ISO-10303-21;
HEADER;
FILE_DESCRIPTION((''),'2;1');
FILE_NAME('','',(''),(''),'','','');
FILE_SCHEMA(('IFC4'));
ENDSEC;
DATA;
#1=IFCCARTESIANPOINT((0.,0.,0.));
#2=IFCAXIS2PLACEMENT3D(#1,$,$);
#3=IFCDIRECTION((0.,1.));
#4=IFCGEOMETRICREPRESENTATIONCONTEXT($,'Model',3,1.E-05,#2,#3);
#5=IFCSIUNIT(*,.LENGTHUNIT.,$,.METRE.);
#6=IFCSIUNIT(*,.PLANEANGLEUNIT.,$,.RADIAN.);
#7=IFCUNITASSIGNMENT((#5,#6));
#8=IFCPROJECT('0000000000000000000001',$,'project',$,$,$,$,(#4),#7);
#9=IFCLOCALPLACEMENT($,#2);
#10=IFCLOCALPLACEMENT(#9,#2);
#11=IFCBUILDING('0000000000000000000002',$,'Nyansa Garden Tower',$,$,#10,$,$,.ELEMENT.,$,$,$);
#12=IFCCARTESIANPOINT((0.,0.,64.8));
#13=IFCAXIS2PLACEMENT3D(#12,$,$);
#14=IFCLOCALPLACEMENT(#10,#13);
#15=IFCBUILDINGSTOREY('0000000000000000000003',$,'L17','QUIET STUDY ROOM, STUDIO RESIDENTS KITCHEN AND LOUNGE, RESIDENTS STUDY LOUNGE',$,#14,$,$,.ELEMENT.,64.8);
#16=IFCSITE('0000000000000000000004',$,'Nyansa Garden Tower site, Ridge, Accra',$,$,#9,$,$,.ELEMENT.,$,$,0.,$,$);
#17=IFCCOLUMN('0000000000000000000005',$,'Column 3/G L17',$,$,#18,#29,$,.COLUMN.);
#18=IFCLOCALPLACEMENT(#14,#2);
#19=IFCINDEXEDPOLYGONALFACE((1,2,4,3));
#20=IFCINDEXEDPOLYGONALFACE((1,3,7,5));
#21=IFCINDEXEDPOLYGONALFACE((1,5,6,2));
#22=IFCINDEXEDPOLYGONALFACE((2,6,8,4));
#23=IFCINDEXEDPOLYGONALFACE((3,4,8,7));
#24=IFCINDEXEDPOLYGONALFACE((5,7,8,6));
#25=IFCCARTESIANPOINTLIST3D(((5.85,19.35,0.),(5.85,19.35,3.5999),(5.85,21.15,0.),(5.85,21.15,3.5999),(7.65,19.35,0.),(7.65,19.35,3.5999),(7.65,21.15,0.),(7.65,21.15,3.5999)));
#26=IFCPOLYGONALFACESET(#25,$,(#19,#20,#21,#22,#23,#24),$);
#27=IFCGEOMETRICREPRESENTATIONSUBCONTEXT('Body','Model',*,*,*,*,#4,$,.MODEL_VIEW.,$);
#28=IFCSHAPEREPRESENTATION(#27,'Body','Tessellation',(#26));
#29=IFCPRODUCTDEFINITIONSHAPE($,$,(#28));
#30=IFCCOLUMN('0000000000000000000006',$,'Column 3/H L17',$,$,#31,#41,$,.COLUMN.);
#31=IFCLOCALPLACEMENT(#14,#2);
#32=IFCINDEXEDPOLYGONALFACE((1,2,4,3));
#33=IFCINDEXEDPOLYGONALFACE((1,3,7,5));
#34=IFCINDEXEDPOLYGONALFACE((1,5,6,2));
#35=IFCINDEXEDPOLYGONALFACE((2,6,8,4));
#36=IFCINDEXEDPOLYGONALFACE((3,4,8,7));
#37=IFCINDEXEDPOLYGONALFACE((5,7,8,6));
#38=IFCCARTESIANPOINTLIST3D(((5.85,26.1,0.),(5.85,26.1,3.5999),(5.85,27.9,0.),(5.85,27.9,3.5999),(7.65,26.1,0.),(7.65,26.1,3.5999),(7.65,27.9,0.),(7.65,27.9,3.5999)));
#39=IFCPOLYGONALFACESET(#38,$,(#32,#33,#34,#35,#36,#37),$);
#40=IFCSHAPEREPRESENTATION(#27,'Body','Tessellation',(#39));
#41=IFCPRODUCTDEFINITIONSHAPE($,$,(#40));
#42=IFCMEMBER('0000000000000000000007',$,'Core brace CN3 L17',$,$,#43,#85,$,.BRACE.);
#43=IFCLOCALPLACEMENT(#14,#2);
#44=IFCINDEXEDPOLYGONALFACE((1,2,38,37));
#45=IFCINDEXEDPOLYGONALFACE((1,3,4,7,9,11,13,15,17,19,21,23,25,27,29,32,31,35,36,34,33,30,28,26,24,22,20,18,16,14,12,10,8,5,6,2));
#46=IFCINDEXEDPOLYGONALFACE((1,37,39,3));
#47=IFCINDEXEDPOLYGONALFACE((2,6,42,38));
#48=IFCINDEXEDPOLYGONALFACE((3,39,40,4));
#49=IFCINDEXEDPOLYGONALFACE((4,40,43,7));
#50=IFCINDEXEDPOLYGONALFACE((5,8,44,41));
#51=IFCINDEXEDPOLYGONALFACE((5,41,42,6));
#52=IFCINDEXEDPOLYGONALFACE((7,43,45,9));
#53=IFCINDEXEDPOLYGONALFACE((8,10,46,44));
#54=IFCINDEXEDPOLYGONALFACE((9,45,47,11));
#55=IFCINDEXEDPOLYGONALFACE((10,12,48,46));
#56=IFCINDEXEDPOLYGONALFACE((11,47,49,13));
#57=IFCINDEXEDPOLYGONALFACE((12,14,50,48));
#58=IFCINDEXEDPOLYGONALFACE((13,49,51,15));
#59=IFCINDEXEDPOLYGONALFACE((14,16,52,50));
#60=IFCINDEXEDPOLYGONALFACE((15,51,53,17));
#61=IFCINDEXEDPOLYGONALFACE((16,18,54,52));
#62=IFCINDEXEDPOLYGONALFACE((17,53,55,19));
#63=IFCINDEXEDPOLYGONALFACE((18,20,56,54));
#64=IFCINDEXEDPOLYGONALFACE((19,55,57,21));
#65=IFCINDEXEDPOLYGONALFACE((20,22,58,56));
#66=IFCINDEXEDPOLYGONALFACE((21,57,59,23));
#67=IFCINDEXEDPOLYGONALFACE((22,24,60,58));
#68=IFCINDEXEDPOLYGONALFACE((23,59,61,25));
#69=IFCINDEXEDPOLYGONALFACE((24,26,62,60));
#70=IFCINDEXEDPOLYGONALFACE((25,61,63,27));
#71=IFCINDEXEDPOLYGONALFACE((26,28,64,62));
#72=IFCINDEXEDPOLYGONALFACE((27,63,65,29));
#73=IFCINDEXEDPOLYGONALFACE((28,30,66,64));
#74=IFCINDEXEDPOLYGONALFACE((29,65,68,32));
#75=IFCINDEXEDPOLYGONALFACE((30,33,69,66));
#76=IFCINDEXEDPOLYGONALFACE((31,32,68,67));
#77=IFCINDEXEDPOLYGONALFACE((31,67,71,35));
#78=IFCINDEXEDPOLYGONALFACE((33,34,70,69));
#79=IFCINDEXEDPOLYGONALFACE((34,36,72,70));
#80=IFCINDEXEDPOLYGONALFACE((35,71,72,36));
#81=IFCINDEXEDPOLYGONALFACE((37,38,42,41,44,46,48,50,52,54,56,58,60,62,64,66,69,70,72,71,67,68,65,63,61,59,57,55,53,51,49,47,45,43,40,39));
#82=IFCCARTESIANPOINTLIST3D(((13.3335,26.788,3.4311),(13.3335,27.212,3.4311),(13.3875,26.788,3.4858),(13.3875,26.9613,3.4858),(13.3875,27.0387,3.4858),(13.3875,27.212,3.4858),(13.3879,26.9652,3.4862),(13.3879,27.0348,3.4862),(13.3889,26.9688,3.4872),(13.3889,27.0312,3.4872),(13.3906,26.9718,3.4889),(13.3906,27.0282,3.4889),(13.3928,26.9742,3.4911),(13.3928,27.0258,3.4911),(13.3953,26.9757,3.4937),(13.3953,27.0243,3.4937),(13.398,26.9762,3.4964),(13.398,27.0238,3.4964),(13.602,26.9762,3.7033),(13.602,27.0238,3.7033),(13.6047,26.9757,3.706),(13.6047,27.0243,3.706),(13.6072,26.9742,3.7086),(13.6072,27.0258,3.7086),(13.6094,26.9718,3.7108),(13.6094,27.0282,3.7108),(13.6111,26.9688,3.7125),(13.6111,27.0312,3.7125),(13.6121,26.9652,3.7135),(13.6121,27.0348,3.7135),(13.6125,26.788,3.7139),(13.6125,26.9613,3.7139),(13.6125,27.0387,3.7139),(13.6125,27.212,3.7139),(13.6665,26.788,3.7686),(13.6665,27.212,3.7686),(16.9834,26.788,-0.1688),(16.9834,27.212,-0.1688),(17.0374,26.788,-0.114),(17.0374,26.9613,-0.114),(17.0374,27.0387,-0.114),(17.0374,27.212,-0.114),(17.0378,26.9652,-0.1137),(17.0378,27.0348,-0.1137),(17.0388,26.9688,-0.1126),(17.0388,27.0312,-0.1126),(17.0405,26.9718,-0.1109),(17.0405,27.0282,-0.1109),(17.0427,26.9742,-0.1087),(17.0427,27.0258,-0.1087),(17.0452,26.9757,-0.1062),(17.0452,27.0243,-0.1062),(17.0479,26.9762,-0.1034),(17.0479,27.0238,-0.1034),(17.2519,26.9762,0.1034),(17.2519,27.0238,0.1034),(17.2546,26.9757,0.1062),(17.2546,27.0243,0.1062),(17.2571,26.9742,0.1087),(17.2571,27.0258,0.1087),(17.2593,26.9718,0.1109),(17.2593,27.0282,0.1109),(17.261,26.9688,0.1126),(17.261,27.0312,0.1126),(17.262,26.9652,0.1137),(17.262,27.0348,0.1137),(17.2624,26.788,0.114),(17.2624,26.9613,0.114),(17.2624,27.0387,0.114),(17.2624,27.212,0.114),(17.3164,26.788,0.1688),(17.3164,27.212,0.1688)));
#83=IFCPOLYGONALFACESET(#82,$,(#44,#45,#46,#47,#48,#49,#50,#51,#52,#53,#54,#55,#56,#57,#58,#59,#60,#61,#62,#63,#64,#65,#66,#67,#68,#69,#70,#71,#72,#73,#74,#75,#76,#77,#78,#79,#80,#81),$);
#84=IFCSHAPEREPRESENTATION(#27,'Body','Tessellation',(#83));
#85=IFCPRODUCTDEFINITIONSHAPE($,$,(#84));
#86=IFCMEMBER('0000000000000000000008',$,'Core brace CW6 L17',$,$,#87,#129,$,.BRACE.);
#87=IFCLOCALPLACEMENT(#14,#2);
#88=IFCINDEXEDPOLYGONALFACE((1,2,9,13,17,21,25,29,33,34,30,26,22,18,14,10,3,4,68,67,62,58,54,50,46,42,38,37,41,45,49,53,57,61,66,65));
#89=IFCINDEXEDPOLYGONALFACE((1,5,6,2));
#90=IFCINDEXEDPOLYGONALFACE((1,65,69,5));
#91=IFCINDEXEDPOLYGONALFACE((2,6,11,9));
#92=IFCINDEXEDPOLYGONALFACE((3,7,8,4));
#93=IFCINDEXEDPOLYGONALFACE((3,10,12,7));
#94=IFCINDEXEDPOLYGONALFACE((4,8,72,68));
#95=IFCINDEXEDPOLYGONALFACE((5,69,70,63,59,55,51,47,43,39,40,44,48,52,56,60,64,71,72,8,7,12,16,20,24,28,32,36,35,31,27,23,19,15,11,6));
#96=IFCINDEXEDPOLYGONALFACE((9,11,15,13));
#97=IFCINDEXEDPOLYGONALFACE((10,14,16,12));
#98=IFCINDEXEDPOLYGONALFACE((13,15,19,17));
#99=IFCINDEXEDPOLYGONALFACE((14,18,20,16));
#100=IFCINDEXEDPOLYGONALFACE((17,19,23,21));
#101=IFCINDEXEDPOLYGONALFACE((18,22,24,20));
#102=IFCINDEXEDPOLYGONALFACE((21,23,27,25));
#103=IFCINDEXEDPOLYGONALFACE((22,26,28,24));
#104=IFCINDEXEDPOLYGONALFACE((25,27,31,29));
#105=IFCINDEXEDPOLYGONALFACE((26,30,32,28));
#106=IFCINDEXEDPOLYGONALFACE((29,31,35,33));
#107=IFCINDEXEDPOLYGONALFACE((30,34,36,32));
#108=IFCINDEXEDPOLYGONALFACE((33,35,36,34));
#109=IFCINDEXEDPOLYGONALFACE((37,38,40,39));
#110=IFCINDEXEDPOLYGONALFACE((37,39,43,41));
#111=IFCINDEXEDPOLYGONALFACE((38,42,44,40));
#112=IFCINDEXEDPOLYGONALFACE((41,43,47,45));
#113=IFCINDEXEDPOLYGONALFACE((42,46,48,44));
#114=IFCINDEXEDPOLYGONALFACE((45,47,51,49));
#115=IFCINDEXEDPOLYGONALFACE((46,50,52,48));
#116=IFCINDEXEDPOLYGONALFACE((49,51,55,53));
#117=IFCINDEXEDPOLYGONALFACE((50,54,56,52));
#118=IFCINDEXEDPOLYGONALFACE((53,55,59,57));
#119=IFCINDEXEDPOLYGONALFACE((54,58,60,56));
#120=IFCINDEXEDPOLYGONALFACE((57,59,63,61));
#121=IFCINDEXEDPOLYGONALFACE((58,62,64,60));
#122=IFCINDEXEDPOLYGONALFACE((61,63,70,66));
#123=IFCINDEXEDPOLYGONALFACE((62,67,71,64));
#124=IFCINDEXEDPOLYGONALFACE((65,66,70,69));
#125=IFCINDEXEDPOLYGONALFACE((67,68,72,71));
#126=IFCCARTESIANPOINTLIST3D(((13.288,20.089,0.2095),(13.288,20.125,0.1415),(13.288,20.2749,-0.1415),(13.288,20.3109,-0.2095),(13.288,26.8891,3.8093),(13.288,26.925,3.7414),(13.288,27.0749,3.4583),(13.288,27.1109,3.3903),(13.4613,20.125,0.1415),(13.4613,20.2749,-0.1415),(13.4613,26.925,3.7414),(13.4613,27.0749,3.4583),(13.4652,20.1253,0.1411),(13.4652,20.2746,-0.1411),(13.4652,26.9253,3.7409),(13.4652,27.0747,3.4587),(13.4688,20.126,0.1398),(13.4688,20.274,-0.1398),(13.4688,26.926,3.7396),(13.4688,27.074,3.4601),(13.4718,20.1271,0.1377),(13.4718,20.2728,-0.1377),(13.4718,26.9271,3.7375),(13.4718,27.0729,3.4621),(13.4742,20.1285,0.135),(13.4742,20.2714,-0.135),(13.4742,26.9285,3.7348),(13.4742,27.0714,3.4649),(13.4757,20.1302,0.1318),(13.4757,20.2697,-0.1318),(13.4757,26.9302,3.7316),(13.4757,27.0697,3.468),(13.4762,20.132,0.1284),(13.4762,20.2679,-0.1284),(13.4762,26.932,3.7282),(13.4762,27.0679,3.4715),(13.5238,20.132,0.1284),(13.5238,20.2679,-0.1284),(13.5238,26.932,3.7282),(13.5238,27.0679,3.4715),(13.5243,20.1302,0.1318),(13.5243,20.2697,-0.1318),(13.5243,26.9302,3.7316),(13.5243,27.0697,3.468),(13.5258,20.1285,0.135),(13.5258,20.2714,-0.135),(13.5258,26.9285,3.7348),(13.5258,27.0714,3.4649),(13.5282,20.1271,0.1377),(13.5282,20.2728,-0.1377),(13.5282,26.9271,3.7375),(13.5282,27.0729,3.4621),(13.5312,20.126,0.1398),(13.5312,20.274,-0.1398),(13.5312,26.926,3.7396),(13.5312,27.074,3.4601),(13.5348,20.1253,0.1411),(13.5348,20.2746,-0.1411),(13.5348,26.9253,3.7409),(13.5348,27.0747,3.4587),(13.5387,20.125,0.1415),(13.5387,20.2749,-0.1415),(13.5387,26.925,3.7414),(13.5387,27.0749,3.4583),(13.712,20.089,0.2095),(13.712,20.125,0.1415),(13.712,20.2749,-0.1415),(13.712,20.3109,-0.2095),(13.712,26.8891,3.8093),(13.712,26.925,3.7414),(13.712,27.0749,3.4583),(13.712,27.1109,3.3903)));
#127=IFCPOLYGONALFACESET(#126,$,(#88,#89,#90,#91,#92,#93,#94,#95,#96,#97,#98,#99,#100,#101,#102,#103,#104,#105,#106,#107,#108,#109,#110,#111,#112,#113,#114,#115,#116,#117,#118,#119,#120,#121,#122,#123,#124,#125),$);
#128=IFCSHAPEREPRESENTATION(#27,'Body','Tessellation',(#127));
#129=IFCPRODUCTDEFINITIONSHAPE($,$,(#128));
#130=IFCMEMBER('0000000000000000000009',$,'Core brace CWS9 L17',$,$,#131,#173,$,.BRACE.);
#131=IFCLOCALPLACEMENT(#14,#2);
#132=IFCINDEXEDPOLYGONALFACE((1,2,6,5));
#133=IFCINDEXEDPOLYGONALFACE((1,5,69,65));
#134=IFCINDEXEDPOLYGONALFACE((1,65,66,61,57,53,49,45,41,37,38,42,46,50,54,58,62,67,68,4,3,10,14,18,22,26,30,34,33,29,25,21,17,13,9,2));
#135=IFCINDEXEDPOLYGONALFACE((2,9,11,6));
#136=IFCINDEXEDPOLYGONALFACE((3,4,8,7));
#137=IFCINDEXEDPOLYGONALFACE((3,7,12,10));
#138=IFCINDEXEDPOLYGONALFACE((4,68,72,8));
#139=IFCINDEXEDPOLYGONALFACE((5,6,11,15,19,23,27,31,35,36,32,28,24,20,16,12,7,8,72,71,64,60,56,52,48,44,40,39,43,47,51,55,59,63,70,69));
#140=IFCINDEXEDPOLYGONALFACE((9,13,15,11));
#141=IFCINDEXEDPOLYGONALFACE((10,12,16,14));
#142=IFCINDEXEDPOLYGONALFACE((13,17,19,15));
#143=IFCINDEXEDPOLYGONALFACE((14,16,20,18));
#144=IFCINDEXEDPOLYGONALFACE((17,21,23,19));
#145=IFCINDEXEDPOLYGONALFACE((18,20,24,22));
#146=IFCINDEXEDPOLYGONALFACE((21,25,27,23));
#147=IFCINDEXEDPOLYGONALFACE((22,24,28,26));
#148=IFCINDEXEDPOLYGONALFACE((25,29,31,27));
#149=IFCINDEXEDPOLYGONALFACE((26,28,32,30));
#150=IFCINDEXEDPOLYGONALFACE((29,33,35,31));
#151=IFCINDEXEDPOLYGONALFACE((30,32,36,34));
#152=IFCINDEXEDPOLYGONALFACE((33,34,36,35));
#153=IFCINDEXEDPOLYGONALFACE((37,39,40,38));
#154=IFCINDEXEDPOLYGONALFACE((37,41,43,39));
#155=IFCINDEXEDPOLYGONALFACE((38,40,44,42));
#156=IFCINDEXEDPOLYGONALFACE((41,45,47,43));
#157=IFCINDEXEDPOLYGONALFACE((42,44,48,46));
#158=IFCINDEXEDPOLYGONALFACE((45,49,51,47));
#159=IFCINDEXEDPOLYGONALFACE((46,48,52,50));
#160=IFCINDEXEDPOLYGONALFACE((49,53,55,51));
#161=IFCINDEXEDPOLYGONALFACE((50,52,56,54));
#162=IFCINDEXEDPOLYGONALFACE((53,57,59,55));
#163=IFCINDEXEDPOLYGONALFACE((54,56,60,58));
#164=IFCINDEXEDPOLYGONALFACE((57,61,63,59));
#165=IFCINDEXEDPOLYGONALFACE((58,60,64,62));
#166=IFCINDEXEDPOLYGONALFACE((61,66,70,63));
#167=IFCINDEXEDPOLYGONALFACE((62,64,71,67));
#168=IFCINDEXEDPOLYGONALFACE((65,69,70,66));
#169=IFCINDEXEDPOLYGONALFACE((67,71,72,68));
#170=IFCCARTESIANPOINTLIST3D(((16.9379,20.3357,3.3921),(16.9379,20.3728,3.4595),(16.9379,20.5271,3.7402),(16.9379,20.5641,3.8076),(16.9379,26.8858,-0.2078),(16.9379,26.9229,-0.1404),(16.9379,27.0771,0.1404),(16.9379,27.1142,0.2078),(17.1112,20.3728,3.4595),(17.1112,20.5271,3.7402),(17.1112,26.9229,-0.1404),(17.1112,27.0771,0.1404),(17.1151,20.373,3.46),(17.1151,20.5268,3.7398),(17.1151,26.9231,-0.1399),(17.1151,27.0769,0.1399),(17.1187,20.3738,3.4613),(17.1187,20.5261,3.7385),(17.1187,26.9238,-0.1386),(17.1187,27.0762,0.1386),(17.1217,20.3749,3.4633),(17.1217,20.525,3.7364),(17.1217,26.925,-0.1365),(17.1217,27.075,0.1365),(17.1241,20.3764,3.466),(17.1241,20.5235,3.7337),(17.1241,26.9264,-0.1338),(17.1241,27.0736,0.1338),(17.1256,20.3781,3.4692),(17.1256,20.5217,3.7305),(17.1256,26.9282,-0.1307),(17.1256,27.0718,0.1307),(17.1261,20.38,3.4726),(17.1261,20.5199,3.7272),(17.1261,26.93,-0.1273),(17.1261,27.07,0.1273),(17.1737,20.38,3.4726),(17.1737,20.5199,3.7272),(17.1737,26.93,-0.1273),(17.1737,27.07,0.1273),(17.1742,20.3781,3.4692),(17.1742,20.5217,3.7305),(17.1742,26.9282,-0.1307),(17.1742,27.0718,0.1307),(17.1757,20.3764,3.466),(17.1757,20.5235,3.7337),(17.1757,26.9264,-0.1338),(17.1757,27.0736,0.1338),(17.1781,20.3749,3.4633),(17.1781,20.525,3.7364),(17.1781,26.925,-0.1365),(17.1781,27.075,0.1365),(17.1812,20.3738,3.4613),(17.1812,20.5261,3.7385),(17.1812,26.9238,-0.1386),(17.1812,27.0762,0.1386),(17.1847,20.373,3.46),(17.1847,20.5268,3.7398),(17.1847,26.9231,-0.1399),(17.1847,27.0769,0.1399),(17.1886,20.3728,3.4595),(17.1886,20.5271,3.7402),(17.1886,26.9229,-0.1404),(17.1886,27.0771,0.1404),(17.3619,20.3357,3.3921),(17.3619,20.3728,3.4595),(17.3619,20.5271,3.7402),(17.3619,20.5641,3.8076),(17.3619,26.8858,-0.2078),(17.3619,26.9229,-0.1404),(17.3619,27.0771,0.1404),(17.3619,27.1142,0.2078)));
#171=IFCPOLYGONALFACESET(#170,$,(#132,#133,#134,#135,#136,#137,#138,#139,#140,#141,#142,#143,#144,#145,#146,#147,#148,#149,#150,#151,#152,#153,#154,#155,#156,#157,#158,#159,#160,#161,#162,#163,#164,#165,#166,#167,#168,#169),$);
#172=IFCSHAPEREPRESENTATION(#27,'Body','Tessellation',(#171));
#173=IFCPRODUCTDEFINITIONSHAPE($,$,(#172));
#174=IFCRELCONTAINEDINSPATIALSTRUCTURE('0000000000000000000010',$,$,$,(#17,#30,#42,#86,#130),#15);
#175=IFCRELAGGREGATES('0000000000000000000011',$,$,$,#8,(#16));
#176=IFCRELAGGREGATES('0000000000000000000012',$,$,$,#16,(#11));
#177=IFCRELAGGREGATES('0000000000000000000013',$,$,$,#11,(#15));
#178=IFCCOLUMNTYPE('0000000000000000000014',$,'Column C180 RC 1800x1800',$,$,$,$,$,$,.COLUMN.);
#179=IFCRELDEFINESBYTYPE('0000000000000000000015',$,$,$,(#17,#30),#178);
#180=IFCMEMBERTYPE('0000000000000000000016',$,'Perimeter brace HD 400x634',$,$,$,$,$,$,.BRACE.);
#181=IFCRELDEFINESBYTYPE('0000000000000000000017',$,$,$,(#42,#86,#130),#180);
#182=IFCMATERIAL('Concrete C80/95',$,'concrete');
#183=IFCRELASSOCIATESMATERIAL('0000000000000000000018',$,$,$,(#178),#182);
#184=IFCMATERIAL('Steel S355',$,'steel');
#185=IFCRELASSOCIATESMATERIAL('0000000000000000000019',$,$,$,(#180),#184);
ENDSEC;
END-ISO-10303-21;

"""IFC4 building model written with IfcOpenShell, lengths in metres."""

from ifc_helpers import new_model, si_unit, direction, frame, origin, origin_2d, place, context, subcontext, project, spatial, rectangle, i_section, extrude, material, material_profile, profile_set, type_object, element, save


model = new_model("IFC4")

# Units and contexts
model_context = context("Model", 3, precision=1e-05, world=origin(), true_north=direction((0.0, 1.0)))
body_context = subcontext(model_context, "Body", "Model", "MODEL_VIEW")
ifc_project = project(units=[si_unit("LENGTHUNIT", "METRE"), si_unit("PLANEANGLEUNIT", "RADIAN")], contexts=[model_context])

# Site, building, storey
site_placement = place(None, origin())
site = spatial("IfcSite", under=ifc_project, at=site_placement, Name="Nyansa Garden Tower site, Ridge, Accra", CompositionType="ELEMENT", RefElevation=0.0)
building_placement = place(site_placement, origin())
building = spatial("IfcBuilding", under=site, at=building_placement, Name="Nyansa Garden Tower", CompositionType="ELEMENT")
storey_placement = place(building_placement, frame((0.0, 0.0, 64.8)))
storey = spatial("IfcBuildingStorey", under=building, at=storey_placement, Name="L17", Description="QUIET STUDY ROOM, STUDIO RESIDENTS KITCHEN AND LOUNGE, RESIDENTS STUDY LOUNGE", CompositionType="ELEMENT", Elevation=64.8)

# Columns
ifc_material_1 = material(Name="Concrete C80/95", Category="concrete")
ifc_material_profile_1 = material_profile(ifc_material_1, rectangle(XDim=1.8, YDim=1.8, at=origin_2d()), Name="RC 1800x1800")
ifc_profile_set_1 = profile_set([ifc_material_profile_1], Name="Concrete C80/95")
column_type = type_object("IfcColumnType", Name="Column C180 RC 1800x1800", PredefinedType="COLUMN", material=ifc_profile_set_1)
for number, where, z_axis, x_axis, name in (
    (1, (6.75, 20.25, 0.0), (0.0, 0.0, 1.0), (1.0, 0.0, 0.0), "Column 3/G L17"),
    (2, (6.75, 27.0, 0.0), (0.0, 0.0, 1.0), (1.0, 0.0, 0.0), "Column 3/H L17"),
):
    element("IfcColumn", number, at=place(storey_placement, frame(where, z_axis=z_axis, x_axis=x_axis)), inside=storey, type_object=column_type, Name=name, PredefinedType="COLUMN", context=body_context, shape_type="SweptSolid", body=[
        extrude(rectangle(XDim=1.8, YDim=1.8, at=origin_2d()), origin(), (0.0, 0.0, 1.0), 3.5999),
    ])

# Members
ifc_material_2 = material(Name="Steel S355", Category="steel")
ifc_material_profile_2 = material_profile(ifc_material_2, i_section(OverallWidth=0.4241, OverallDepth=0.4741, WebThickness=0.0476, FlangeThickness=0.0769, FilletRadius=0.0149, at=origin_2d()), Name="HD 400x634")
ifc_profile_set_2 = profile_set([ifc_material_profile_2], Name="Steel S355")
member_type = type_object("IfcMemberType", Name="Perimeter brace HD 400x634", PredefinedType="BRACE", material=ifc_profile_set_2)
member_1_placement = place(storey_placement, frame((17.1499, 27.0, 0.0), z_axis=(-0.711971, 0.0, 0.702209), x_axis=(0.0, -1.0, 0.0)))
element("IfcMember", 3, at=member_1_placement, inside=storey, type_object=member_type, Name="Core brace CN3 L17", PredefinedType="BRACE", context=body_context, shape_type="SweptSolid", body=[
    extrude(i_section(OverallWidth=0.4241, OverallDepth=0.4741, WebThickness=0.0476, FlangeThickness=0.0769, FilletRadius=0.0149, at=origin_2d()), origin(), (0.0, 0.0, 1.0), 5.1265),
])
member_2_placement = place(storey_placement, frame((13.5, 20.2, 0.0), z_axis=(0.0, 0.883797, 0.46787), x_axis=(-1.0, 0.0, 0.0)))
element("IfcMember", 4, at=member_2_placement, inside=storey, type_object=member_type, Name="Core brace CW6 L17", PredefinedType="BRACE", context=body_context, shape_type="SweptSolid", body=[
    extrude(i_section(OverallWidth=0.4241, OverallDepth=0.4741, WebThickness=0.0476, FlangeThickness=0.0769, FilletRadius=0.0149, at=origin_2d()), origin(), (0.0, 0.0, 1.0), 7.6941),
])
member_3_placement = place(storey_placement, frame((17.1499, 27.0, 0.0), z_axis=(0.0, -0.876367, 0.481644), x_axis=(1.0, 0.0, 0.0)))
element("IfcMember", 5, at=member_3_placement, inside=storey, type_object=member_type, Name="Core brace CWS9 L17", PredefinedType="BRACE", context=body_context, shape_type="SweptSolid", body=[
    extrude(i_section(OverallWidth=0.4241, OverallDepth=0.4741, WebThickness=0.0476, FlangeThickness=0.0769, FilletRadius=0.0149, at=origin_2d()), origin(), (0.0, 0.0, 1.0), 7.4741),
])

save(model, "model.ifc")
